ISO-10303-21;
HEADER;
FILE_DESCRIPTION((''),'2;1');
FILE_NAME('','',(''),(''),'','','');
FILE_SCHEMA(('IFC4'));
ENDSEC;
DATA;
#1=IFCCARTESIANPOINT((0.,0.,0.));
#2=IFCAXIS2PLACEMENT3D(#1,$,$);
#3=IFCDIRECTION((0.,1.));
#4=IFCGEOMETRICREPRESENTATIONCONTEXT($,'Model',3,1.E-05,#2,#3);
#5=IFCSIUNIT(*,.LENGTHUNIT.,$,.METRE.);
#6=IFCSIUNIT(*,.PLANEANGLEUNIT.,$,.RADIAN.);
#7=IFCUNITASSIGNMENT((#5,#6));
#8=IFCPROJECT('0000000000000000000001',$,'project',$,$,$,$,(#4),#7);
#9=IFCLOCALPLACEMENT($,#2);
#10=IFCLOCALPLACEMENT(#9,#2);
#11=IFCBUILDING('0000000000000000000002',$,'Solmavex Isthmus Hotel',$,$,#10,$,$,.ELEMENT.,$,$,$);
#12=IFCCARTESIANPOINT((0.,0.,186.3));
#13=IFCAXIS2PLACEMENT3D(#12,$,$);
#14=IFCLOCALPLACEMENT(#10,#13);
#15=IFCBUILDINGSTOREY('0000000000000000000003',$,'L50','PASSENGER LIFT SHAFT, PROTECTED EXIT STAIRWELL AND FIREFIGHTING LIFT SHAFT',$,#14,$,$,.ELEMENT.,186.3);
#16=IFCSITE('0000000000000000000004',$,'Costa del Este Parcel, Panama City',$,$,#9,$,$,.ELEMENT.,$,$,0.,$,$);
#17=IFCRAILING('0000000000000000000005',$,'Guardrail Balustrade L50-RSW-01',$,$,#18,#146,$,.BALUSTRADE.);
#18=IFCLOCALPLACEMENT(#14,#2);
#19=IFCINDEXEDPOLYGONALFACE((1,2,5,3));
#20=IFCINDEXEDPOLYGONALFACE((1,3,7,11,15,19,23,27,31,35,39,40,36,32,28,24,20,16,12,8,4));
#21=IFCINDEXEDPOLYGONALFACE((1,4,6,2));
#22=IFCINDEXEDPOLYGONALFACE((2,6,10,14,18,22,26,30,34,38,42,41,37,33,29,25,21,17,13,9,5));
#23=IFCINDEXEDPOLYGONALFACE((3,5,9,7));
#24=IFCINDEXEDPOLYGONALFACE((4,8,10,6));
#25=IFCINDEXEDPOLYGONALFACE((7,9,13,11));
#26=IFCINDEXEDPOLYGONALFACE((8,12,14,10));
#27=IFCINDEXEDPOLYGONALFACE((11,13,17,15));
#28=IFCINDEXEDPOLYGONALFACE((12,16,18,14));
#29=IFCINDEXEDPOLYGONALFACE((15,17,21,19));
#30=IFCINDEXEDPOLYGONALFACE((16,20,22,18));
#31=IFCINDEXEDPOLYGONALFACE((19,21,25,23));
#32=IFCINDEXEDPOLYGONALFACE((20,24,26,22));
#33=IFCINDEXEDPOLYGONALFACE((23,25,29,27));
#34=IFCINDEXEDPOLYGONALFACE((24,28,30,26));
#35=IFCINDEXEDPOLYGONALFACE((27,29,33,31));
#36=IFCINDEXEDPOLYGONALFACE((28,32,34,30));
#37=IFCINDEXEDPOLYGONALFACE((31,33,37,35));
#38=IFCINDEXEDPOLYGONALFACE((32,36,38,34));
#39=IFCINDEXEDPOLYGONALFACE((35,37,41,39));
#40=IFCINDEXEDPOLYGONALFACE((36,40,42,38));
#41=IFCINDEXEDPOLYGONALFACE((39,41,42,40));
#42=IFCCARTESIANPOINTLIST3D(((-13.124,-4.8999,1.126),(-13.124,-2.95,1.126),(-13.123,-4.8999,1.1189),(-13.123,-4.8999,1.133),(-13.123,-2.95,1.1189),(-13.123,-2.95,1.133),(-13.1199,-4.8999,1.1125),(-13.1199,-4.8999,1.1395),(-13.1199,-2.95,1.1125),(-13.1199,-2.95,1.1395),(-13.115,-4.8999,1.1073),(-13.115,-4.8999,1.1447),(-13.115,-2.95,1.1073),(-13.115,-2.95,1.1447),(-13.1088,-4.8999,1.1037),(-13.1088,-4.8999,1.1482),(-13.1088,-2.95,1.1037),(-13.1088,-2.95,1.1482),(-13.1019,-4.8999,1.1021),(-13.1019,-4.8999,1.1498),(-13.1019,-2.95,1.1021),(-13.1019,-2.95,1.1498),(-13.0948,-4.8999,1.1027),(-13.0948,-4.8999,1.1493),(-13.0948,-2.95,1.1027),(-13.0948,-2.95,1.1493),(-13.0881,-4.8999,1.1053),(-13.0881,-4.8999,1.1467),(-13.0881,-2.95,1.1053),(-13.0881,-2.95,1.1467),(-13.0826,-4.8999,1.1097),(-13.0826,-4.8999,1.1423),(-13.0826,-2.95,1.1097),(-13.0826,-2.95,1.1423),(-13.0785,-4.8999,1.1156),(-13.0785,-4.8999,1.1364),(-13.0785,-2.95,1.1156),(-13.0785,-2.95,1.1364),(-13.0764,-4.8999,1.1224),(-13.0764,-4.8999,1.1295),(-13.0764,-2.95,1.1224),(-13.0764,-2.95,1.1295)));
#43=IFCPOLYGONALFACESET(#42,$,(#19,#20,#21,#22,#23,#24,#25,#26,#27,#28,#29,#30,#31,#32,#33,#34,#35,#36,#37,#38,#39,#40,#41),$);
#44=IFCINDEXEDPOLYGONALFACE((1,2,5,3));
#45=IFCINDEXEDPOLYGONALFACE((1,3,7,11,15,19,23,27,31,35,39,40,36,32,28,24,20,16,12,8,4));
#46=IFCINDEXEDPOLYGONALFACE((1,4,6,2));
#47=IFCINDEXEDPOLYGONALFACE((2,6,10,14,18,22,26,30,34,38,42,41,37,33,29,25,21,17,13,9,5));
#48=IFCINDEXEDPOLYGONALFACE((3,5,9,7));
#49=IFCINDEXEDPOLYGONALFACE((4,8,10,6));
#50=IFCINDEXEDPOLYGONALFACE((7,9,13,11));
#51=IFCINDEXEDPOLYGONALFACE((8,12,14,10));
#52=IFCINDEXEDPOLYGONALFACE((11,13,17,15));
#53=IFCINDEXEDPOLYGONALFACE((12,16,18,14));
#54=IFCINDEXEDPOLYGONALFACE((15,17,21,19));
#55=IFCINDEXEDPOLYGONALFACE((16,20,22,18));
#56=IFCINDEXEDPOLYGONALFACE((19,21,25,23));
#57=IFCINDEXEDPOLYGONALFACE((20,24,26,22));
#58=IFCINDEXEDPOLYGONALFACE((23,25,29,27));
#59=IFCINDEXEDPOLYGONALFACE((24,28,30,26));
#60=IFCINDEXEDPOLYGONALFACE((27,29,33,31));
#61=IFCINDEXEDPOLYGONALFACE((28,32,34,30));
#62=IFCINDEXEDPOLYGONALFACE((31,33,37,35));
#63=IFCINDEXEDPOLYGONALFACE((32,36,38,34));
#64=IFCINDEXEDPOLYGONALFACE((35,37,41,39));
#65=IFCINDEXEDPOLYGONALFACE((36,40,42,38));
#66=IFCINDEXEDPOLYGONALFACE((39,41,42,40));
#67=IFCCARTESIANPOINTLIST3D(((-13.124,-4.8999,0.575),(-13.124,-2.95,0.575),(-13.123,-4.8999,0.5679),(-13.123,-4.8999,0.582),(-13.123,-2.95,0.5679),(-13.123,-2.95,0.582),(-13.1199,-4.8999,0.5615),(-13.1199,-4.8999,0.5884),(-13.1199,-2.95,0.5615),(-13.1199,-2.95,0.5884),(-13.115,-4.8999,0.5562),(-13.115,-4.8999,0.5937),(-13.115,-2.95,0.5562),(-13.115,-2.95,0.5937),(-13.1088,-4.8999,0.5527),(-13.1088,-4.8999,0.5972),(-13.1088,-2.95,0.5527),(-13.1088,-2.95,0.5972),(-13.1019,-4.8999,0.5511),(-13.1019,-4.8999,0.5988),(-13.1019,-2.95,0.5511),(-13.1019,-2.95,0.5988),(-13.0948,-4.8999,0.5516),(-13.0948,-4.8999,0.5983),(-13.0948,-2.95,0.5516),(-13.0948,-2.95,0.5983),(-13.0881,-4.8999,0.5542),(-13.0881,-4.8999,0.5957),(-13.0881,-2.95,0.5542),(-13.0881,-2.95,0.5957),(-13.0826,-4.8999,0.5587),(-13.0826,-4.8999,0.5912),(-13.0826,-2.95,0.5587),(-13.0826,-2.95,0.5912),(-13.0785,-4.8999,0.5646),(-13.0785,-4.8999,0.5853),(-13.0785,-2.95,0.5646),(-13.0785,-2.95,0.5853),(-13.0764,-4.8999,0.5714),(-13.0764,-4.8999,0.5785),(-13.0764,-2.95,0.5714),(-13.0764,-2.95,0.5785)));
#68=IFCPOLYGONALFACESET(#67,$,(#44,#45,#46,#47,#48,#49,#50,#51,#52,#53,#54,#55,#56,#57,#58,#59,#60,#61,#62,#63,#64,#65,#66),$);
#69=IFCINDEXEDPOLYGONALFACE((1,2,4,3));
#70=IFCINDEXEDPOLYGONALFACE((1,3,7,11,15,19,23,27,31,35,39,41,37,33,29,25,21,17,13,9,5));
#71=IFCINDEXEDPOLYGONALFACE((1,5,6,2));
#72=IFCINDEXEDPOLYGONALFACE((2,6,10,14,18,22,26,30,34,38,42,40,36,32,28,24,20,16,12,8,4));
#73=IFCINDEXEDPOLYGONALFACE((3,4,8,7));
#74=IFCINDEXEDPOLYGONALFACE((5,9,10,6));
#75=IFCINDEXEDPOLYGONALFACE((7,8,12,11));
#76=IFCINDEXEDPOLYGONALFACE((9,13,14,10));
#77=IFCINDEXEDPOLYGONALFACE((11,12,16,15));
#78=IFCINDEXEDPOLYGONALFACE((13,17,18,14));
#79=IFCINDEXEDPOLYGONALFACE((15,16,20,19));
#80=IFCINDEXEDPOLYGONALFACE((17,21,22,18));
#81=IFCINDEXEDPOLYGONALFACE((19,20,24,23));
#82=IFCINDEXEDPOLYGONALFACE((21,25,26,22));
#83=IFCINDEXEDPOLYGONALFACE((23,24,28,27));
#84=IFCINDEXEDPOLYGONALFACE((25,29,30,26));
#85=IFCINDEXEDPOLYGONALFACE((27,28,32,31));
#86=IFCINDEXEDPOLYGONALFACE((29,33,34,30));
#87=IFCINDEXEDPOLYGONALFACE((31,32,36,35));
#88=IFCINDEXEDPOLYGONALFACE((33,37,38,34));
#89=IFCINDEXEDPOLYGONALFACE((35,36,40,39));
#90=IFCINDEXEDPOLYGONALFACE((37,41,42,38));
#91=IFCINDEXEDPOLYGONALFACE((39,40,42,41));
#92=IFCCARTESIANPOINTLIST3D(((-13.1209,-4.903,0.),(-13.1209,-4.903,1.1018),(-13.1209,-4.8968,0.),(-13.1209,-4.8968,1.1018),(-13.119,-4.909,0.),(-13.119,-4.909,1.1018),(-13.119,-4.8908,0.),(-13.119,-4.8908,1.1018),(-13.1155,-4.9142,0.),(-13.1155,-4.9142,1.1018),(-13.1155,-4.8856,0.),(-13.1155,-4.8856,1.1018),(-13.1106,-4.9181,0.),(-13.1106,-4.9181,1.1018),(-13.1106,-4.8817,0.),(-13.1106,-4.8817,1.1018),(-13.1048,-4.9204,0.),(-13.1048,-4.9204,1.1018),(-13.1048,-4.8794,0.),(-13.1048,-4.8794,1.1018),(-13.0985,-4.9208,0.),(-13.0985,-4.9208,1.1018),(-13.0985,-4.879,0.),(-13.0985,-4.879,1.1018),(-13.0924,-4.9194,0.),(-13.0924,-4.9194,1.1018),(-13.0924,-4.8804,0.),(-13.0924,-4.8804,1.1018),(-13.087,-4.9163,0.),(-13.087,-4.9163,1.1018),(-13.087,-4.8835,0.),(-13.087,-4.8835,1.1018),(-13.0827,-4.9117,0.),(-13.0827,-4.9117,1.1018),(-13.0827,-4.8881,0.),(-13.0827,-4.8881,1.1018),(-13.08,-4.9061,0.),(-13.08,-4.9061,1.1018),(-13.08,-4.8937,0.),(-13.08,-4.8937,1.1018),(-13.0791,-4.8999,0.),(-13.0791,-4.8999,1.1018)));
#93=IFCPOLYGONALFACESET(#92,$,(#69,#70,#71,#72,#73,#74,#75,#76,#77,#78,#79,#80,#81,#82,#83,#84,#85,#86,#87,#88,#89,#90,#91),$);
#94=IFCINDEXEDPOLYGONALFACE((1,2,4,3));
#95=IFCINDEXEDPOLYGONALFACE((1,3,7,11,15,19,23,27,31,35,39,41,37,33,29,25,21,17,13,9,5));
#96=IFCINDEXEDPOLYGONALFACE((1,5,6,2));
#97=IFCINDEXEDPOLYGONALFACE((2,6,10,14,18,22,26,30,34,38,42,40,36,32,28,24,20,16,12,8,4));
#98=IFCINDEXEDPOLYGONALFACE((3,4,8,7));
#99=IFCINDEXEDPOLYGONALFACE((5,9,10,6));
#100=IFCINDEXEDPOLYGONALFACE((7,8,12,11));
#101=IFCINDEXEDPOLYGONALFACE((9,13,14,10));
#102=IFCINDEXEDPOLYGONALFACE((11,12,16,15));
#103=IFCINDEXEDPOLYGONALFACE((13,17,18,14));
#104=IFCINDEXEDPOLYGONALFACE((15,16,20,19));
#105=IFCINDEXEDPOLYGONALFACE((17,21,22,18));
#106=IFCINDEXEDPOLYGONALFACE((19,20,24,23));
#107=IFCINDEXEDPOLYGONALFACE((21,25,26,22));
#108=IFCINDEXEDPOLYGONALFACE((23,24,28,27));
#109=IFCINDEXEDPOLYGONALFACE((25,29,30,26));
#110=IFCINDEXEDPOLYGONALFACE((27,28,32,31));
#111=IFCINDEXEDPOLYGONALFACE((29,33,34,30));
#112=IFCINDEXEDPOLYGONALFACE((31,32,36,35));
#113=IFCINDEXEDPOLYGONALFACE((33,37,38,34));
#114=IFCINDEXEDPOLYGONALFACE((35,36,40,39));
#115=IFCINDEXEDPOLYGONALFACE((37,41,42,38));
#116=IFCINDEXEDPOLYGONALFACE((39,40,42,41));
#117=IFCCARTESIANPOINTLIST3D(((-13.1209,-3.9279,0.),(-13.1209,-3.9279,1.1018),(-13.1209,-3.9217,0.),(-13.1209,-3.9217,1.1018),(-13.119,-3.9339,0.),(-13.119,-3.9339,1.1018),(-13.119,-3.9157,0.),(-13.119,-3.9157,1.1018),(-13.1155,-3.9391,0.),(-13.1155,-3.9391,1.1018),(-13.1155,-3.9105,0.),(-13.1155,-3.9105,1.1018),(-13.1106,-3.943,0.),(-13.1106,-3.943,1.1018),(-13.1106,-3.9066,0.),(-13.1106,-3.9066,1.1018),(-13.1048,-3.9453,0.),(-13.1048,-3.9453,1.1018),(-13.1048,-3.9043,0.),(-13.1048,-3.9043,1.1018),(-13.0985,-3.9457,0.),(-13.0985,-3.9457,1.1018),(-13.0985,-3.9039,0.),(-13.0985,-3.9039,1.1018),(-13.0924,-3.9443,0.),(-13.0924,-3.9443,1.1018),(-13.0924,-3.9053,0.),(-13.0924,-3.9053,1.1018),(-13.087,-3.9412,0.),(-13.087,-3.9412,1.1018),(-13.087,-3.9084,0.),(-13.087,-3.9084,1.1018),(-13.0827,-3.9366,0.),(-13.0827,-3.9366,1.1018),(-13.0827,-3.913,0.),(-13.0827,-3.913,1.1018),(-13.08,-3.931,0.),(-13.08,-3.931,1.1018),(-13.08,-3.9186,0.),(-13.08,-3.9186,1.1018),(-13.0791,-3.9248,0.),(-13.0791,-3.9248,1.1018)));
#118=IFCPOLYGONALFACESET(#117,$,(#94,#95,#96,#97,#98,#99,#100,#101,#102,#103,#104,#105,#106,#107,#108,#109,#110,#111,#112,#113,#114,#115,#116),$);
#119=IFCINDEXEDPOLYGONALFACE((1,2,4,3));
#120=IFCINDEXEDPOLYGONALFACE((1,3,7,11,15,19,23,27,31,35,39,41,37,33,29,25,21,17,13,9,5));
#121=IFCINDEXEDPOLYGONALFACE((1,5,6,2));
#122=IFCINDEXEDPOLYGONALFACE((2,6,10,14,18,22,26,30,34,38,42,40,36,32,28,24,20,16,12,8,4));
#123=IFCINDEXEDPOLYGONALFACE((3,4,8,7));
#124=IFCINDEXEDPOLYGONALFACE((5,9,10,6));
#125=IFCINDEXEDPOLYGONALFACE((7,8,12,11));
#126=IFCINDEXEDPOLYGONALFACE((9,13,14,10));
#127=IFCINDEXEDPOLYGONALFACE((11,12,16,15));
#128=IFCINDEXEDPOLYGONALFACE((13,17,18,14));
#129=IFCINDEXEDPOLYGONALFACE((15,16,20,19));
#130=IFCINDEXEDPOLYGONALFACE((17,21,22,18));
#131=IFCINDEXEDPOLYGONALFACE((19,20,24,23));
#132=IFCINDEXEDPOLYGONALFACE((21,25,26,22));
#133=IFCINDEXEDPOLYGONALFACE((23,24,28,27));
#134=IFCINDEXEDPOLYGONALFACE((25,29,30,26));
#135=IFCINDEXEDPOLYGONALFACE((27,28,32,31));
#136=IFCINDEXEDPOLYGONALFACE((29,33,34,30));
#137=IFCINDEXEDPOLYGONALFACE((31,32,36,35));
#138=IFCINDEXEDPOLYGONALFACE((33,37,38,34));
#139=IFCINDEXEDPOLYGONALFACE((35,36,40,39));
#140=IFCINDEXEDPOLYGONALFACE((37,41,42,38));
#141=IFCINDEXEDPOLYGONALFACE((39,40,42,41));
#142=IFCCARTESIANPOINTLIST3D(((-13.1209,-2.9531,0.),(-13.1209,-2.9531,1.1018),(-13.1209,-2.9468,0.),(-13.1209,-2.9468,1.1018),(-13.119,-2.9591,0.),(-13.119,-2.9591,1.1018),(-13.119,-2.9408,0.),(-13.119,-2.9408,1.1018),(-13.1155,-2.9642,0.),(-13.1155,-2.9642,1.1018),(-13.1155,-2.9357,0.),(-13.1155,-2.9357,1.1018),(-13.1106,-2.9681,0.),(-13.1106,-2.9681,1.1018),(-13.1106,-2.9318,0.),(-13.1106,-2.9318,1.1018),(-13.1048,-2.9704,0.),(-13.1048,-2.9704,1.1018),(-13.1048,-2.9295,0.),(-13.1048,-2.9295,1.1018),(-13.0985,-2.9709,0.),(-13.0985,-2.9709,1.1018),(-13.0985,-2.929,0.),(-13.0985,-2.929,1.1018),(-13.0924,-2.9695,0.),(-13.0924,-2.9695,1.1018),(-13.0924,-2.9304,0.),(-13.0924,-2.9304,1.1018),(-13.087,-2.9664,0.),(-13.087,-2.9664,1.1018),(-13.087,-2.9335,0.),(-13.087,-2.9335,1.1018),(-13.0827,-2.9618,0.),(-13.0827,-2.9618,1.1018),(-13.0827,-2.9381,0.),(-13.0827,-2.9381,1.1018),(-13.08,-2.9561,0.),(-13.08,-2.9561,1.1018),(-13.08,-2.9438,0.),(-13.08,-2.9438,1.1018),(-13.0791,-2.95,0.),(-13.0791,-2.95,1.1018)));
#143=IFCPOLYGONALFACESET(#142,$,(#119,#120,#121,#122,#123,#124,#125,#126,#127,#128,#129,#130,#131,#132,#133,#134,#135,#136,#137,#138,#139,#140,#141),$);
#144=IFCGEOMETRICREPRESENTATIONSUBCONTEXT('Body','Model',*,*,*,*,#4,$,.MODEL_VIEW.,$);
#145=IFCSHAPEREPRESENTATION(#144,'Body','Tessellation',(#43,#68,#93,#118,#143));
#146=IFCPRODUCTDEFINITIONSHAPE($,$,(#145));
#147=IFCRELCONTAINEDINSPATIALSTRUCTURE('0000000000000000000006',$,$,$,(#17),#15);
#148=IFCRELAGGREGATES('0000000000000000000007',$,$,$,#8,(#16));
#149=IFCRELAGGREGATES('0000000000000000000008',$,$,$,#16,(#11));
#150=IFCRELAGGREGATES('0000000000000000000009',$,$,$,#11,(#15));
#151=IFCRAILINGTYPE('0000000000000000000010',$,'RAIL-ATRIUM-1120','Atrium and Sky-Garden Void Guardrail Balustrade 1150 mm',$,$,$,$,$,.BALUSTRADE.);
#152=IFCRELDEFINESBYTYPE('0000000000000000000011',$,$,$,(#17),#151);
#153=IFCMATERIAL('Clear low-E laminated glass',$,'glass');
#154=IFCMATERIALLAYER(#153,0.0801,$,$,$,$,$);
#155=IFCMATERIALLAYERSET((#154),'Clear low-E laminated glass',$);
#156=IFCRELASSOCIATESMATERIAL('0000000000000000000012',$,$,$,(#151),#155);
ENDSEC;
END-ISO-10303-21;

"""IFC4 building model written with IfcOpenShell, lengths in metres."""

from ifc_helpers import new_model, si_unit, direction, frame, origin, origin_2d, place, context, subcontext, project, spatial, circle, extrude, material, layer, layer_set, type_object, element, save


model = new_model("IFC4")

# Units and contexts
model_context = context("Model", 3, precision=1e-05, world=origin(), true_north=direction((0.0, 1.0)))
body_context = subcontext(model_context, "Body", "Model", "MODEL_VIEW")
ifc_project = project(units=[si_unit("LENGTHUNIT", "METRE"), si_unit("PLANEANGLEUNIT", "RADIAN")], contexts=[model_context])

# Site, building, storey
site_placement = place(None, origin())
site = spatial("IfcSite", under=ifc_project, at=site_placement, Name="Costa del Este Parcel, Panama City", CompositionType="ELEMENT", RefElevation=0.0)
building_placement = place(site_placement, origin())
building = spatial("IfcBuilding", under=site, at=building_placement, Name="Solmavex Isthmus Hotel", CompositionType="ELEMENT")
storey_placement = place(building_placement, frame((0.0, 0.0, 186.3)))
storey = spatial("IfcBuildingStorey", under=building, at=storey_placement, Name="L50", Description="PASSENGER LIFT SHAFT, PROTECTED EXIT STAIRWELL AND FIREFIGHTING LIFT SHAFT", CompositionType="ELEMENT", Elevation=186.3)

# Railing
ifc_material_1 = material(Name="Clear low-E laminated glass", Category="glass")
ifc_layer_1 = layer(ifc_material_1, 0.0801)
ifc_layer_set_1 = layer_set([ifc_layer_1], Name="Clear low-E laminated glass")
railing_type_1 = type_object("IfcRailingType", Name="RAIL-ATRIUM-1120", Description="Atrium and Sky-Garden Void Guardrail Balustrade 1150 mm", PredefinedType="BALUSTRADE", material=ifc_layer_set_1)
railing_1_placement = place(storey_placement, frame((-13.1001, -4.8999, 0.0)))
element("IfcRailing", 1, at=railing_1_placement, inside=storey, type_object=railing_type_1, Name="Guardrail Balustrade L50-RSW-01", PredefinedType="BALUSTRADE", context=body_context, shape_type="SweptSolid", body=[
    extrude(circle(Radius=0.0239, at=origin_2d()), frame((0.0, 0.0, 1.126), z_axis=(0.0, 1.0, 0.0), x_axis=(-1.0, 0.0, 0.0)), (0.0, 0.0, 1.0), 1.95),
    extrude(circle(Radius=0.0239, at=origin_2d()), frame((0.0, 0.0, 0.575), z_axis=(0.0, 1.0, 0.0), x_axis=(-1.0, 0.0, 0.0)), (0.0, 0.0, 1.0), 1.95),
    extrude(circle(Radius=0.021, at=origin_2d()), origin(), (0.0, 0.0, 1.0), 1.1018),
    extrude(circle(Radius=0.021, at=origin_2d()), frame((0.0, 0.9751, 0.0)), (0.0, 0.0, 1.0), 1.1018),
    extrude(circle(Radius=0.021, at=origin_2d()), frame((0.0, 1.95, 0.0)), (0.0, 0.0, 1.0), 1.1018),
])

save(model, "model.ifc")
